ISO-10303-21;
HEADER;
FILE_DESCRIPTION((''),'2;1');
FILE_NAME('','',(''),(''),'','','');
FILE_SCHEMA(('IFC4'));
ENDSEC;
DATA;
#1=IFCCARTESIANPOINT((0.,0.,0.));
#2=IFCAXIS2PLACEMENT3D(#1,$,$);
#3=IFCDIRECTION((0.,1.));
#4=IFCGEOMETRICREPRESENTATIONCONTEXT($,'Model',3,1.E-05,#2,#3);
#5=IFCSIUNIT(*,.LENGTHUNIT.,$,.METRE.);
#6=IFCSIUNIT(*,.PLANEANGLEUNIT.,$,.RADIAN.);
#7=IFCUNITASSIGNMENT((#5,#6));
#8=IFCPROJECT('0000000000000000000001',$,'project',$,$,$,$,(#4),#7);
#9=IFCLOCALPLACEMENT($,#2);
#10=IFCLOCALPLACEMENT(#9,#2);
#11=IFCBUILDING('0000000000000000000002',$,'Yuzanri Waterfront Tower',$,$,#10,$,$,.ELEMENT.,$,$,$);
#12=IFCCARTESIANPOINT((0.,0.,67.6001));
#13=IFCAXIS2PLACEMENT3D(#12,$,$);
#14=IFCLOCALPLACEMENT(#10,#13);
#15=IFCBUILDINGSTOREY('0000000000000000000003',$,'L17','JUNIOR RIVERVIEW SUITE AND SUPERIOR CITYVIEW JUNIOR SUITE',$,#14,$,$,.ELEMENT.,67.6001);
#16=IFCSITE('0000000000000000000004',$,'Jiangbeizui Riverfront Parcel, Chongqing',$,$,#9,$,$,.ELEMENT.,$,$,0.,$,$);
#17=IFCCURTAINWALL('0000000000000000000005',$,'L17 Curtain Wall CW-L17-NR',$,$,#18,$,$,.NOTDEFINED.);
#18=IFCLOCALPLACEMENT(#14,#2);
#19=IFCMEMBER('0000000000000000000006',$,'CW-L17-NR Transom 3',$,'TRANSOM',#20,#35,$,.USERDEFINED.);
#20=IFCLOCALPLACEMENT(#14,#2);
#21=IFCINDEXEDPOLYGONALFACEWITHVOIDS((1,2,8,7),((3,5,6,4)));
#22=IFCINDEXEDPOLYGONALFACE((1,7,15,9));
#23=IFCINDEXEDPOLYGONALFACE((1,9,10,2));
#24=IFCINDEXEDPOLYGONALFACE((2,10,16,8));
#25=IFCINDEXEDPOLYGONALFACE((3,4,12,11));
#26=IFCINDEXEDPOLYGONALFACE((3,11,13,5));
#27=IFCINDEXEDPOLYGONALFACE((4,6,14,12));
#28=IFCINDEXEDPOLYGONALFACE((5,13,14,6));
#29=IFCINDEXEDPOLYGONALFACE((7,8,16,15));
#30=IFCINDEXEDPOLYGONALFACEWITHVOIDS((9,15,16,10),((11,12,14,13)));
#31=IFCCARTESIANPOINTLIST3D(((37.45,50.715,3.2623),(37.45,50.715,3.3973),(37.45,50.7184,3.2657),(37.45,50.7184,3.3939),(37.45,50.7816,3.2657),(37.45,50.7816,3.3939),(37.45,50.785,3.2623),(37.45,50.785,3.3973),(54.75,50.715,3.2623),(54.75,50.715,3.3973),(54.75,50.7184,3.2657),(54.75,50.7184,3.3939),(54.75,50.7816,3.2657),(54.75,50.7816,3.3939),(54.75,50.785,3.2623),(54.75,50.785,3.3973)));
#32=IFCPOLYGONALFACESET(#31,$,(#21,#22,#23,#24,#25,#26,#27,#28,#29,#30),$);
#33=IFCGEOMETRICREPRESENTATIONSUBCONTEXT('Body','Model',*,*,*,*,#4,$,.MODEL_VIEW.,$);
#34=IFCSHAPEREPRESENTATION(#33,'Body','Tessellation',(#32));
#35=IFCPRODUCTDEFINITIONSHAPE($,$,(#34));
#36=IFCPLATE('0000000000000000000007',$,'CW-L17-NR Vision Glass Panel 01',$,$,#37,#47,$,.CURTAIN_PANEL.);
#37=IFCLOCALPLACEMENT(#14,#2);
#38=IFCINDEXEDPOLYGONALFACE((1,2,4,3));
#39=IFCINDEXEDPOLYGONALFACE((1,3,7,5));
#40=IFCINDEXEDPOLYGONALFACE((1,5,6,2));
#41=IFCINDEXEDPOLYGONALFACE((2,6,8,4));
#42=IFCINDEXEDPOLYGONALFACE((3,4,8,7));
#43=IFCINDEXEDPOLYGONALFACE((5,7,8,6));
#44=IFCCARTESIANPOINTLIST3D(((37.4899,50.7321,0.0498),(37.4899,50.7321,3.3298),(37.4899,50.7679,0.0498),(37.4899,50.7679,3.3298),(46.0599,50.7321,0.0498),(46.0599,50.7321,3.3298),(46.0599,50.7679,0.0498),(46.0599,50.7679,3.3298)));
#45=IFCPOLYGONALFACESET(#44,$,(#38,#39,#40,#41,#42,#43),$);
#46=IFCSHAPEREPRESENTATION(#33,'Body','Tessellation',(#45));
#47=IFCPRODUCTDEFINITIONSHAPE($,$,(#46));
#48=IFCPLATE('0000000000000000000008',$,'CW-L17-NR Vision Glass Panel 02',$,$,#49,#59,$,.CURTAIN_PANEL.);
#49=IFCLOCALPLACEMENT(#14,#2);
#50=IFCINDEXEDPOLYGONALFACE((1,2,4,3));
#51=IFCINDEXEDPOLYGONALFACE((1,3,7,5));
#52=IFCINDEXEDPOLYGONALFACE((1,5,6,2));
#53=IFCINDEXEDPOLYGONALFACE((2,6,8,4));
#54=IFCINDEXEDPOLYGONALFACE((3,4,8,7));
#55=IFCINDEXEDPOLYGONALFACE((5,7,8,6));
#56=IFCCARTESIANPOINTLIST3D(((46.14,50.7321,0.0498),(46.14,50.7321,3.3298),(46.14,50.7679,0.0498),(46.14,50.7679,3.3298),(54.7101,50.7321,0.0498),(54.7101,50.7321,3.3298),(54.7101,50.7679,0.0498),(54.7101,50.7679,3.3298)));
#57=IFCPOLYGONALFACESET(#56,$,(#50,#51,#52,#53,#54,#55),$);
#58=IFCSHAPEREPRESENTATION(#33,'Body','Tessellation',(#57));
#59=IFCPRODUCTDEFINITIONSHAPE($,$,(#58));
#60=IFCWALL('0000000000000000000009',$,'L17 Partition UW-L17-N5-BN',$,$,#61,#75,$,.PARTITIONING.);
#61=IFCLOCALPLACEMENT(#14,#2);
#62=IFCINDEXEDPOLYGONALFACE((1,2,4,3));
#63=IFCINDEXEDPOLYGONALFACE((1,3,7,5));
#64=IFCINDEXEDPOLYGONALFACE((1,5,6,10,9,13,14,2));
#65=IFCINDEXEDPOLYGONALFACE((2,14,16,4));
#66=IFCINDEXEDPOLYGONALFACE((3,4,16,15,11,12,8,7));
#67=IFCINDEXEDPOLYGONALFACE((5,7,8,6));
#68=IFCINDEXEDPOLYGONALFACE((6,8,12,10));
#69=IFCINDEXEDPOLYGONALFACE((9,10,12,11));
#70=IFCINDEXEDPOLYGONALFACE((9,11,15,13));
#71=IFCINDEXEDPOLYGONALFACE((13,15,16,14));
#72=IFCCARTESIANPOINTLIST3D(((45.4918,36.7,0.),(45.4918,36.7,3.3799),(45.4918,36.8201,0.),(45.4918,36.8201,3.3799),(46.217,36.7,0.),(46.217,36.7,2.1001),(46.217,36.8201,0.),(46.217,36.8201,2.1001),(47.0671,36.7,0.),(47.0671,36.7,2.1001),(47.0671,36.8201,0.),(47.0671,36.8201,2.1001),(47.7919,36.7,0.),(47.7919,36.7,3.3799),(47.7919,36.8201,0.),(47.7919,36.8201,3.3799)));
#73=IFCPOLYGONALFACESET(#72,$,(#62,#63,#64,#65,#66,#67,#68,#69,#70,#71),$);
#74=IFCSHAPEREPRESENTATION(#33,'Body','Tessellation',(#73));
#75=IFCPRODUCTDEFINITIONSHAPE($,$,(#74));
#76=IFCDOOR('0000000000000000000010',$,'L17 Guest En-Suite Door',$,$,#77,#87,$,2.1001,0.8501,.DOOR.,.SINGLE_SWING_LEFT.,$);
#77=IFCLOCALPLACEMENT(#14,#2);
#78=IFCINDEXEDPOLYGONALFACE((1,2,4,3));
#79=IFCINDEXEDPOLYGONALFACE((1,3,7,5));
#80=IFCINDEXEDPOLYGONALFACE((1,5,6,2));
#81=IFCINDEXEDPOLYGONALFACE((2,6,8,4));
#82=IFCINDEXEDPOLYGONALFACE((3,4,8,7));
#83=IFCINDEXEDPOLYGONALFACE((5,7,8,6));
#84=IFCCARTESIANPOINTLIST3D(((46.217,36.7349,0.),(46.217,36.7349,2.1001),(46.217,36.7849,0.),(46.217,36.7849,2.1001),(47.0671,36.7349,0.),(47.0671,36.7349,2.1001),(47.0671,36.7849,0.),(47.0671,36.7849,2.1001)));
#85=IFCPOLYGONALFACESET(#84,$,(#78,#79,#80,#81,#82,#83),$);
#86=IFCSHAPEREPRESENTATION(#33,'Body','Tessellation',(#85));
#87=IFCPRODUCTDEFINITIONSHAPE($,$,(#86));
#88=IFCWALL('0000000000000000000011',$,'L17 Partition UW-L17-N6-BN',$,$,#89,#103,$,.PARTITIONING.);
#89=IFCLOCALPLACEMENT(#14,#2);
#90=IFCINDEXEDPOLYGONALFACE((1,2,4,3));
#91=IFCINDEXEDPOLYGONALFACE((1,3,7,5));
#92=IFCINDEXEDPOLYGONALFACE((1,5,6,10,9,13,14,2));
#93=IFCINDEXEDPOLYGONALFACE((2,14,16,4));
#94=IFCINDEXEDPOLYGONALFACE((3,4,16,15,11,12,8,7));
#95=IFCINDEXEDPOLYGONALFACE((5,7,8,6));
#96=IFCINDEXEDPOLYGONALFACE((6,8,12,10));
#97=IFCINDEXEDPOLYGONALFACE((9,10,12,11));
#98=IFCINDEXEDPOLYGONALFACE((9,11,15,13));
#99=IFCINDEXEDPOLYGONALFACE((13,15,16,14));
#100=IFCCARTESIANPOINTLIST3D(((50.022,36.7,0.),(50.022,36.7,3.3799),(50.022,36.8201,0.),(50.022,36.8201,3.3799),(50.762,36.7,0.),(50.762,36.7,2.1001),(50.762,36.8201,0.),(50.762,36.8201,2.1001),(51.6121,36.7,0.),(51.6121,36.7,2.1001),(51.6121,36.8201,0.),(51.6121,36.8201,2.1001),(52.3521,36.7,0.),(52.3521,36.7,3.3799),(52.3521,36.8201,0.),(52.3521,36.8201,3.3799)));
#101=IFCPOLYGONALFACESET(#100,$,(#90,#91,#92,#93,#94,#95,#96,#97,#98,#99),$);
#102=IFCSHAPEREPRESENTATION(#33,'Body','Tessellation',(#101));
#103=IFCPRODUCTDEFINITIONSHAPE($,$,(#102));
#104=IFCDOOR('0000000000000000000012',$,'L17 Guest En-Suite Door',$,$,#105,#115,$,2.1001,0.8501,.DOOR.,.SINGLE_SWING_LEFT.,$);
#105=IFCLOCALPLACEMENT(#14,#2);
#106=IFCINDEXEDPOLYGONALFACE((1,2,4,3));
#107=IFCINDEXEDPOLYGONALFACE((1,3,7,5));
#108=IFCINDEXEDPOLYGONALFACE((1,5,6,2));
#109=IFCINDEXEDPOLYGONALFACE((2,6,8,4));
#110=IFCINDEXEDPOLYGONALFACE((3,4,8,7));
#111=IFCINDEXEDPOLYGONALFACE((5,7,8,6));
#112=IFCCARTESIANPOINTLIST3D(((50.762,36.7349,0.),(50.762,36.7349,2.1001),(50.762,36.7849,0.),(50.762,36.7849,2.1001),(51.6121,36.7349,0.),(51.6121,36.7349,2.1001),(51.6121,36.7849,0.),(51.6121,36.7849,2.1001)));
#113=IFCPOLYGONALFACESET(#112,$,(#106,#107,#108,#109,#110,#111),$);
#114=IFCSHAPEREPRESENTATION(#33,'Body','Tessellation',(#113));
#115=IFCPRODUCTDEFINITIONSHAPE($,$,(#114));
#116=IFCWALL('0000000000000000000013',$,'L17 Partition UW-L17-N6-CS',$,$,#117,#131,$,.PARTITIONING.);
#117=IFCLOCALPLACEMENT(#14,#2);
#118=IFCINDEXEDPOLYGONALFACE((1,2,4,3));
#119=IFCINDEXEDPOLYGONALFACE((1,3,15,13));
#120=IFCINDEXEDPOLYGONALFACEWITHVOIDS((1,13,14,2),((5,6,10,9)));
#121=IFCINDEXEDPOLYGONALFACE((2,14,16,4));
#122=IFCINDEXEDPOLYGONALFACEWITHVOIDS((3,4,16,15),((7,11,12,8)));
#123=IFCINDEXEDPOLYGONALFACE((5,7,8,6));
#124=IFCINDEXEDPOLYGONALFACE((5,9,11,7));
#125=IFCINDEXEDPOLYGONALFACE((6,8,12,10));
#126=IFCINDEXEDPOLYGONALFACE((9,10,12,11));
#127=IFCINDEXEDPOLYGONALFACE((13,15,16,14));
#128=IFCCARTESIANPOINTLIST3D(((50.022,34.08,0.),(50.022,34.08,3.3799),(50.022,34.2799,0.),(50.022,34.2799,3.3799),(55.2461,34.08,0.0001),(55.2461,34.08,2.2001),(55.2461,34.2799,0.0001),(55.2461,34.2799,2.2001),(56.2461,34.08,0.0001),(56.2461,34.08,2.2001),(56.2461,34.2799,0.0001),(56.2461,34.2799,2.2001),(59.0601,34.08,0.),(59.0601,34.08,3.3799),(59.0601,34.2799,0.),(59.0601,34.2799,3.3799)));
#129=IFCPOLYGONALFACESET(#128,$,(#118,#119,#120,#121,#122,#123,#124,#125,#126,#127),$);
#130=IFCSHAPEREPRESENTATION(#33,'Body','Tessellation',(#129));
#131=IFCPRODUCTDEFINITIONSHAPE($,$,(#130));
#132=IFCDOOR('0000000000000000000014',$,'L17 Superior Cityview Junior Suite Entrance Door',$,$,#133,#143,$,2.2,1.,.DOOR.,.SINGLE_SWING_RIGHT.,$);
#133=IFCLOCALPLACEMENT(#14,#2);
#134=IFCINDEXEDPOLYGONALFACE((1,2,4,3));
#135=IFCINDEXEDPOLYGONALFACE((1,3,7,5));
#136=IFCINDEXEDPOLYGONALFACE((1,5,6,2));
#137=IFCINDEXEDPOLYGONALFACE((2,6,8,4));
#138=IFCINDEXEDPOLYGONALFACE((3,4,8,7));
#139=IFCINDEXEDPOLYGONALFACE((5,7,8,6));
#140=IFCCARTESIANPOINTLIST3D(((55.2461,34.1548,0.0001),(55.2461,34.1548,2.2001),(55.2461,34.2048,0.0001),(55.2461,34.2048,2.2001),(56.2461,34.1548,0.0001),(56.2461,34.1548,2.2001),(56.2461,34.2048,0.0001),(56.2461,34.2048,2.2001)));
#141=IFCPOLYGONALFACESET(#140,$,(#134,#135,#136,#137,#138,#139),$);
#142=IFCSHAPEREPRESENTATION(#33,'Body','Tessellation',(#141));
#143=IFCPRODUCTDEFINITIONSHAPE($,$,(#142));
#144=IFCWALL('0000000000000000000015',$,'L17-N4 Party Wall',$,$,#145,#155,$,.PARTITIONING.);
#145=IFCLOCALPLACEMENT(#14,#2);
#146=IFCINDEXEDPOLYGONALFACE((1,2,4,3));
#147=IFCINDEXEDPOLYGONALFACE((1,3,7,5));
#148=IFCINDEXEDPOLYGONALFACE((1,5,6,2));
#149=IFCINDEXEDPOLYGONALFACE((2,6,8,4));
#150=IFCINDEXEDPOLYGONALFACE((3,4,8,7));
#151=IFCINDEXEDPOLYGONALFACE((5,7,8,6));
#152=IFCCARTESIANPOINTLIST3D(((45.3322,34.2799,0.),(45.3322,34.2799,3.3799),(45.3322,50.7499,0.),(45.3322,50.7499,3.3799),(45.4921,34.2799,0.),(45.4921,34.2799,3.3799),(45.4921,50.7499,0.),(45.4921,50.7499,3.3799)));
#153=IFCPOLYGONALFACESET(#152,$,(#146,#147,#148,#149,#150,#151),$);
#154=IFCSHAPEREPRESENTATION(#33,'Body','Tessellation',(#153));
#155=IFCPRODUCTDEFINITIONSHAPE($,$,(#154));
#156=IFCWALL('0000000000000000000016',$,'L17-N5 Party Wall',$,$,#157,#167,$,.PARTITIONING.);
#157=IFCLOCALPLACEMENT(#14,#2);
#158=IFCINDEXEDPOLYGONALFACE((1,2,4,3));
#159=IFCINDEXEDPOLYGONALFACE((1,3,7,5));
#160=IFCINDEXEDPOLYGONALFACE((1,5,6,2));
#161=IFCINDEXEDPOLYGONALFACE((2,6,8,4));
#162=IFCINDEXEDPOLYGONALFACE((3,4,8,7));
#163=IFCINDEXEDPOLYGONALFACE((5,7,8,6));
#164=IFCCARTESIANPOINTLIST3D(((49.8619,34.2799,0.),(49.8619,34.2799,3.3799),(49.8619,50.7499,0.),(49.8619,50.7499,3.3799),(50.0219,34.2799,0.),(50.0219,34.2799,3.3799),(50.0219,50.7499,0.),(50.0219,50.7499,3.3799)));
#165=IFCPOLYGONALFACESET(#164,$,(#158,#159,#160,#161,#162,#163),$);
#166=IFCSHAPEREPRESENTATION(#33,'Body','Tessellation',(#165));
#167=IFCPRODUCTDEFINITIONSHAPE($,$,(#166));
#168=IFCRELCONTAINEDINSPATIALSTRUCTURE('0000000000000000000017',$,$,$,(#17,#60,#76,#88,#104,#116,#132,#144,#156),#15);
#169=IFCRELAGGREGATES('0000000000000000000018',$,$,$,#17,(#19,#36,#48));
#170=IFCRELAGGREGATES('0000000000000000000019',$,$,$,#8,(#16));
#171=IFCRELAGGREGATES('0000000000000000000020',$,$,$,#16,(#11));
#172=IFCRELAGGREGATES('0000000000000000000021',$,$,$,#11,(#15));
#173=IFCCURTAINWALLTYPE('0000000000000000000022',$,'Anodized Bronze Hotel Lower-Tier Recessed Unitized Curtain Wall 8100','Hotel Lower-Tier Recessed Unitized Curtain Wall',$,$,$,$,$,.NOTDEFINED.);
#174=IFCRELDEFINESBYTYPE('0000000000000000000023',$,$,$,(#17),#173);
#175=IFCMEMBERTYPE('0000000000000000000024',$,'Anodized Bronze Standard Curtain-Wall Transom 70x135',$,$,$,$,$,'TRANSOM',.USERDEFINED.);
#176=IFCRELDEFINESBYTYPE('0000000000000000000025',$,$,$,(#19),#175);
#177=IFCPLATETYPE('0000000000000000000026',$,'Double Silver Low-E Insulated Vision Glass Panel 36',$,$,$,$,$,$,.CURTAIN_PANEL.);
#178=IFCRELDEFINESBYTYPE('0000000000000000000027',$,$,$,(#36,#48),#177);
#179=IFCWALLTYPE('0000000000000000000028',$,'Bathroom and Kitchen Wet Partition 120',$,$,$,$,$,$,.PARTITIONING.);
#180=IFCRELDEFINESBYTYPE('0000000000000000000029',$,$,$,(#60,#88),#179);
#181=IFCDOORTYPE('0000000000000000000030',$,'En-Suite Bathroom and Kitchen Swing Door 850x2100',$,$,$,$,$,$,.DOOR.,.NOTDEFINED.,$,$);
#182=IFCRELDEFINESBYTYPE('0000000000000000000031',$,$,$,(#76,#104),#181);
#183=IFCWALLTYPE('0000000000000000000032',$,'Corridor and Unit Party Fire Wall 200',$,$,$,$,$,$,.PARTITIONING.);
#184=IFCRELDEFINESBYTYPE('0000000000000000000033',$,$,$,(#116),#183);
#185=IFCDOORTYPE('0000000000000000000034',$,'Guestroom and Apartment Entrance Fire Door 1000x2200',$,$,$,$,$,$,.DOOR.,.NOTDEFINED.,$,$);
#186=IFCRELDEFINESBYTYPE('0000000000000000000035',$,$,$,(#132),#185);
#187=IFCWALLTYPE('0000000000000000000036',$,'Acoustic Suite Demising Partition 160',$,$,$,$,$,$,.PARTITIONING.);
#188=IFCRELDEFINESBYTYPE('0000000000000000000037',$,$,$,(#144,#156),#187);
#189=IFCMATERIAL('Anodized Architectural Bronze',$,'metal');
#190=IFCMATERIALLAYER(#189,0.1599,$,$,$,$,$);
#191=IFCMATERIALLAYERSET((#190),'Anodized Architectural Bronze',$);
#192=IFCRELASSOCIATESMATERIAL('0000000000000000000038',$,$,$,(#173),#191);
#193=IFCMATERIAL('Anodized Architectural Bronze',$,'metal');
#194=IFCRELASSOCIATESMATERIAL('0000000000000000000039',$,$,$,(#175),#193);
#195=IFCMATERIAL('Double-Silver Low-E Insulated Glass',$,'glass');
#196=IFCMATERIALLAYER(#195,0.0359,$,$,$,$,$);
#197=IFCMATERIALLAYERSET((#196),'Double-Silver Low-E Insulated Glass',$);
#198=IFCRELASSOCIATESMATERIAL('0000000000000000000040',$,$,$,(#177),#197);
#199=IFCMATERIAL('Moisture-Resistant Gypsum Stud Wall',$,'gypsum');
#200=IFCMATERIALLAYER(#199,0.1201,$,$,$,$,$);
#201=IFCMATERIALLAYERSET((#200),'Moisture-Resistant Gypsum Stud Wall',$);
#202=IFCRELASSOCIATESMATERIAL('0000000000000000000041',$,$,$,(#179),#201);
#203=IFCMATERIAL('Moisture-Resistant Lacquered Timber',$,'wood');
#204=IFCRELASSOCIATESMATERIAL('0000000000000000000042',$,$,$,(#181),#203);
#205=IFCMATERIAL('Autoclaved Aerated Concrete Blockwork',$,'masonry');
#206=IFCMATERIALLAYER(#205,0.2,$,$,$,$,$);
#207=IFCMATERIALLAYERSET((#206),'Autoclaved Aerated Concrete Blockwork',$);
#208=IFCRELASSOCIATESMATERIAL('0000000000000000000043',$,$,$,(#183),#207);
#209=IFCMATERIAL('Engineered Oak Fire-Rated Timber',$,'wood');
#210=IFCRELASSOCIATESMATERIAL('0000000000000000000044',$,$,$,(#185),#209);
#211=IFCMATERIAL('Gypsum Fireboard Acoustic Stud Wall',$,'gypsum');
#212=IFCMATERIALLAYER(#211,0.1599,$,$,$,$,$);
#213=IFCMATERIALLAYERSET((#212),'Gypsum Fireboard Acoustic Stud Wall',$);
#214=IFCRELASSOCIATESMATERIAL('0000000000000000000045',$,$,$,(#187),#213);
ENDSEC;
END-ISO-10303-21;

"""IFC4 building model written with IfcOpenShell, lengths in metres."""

from ifc_helpers import new_model, si_unit, direction, frame, frame_2d, origin, origin_2d, place, context, subcontext, project, spatial, rectangle, hollow_rectangle, extrude, source, transform, mapped, material, layer, layer_set, material_profile, profile_set, type_object, element, fill, aggregate, save


model = new_model("IFC4")

# Units and contexts
model_context = context("Model", 3, precision=1e-05, world=origin(), true_north=direction((0.0, 1.0)))
body_context = subcontext(model_context, "Body", "Model", "MODEL_VIEW")
ifc_project = project(units=[si_unit("LENGTHUNIT", "METRE"), si_unit("PLANEANGLEUNIT", "RADIAN")], contexts=[model_context])

# Site, building, storey
site_placement = place(None, origin())
site = spatial("IfcSite", under=ifc_project, at=site_placement, Name="Jiangbeizui Riverfront Parcel, Chongqing", CompositionType="ELEMENT", RefElevation=0.0)
building_placement = place(site_placement, origin())
building = spatial("IfcBuilding", under=site, at=building_placement, Name="Yuzanri Waterfront Tower", CompositionType="ELEMENT")
storey_placement = place(building_placement, frame((0.0, 0.0, 67.6001)))
storey = spatial("IfcBuildingStorey", under=building, at=storey_placement, Name="L17", Description="JUNIOR RIVERVIEW SUITE AND SUPERIOR CITYVIEW JUNIOR SUITE", CompositionType="ELEMENT", Elevation=67.6001)

# Curtain wall, member, plates
ifc_material_1 = material(Name="Anodized Architectural Bronze", Category="metal")
ifc_layer_1 = layer(ifc_material_1, 0.1599)
ifc_layer_set_1 = layer_set([ifc_layer_1], Name="Anodized Architectural Bronze")
curtain_wall_type = type_object("IfcCurtainWallType", Name="Anodized Bronze Hotel Lower-Tier Recessed Unitized Curtain Wall 8100", Description="Hotel Lower-Tier Recessed Unitized Curtain Wall", PredefinedType="NOTDEFINED", material=ifc_layer_set_1)
curtain_wall_placement = place(storey_placement, origin())
curtain_wall = element("IfcCurtainWall", 1, at=curtain_wall_placement, inside=storey, type_object=curtain_wall_type, Name="L17 Curtain Wall CW-L17-NR", PredefinedType="NOTDEFINED")
ifc_material_2 = material(Name="Anodized Architectural Bronze", Category="metal")
ifc_material_profile_1 = material_profile(ifc_material_2, hollow_rectangle(XDim=0.0701, YDim=0.135, WallThickness=0.0034, at=origin_2d()), Name="CWT 70x135")
ifc_profile_set_1 = profile_set([ifc_material_profile_1], Name="Anodized Architectural Bronze")
member_type_1 = type_object("IfcMemberType", Name="Anodized Bronze Standard Curtain-Wall Transom 70x135", ElementType="TRANSOM", PredefinedType="USERDEFINED", material=ifc_profile_set_1)
shared_shape_1 = source(origin(), body_context, "Body", "SweptSolid", [
    extrude(hollow_rectangle(XDim=0.0701, YDim=0.135, WallThickness=0.0034, at=origin_2d()), origin(), (0.0, 0.0, 1.0), 17.3),
])
member_1_placement = place(storey_placement, frame((37.45, 50.75, 3.3298), z_axis=(1.0, 0.0, 0.0), x_axis=(0.0, 1.0, 0.0)))
member_1 = element("IfcMember", 2, at=member_1_placement, type_object=member_type_1, Name="CW-L17-NR Transom 3", ObjectType="TRANSOM", PredefinedType="USERDEFINED", context=body_context, shape_type="MappedRepresentation", body=[
    mapped(shared_shape_1, transform((0.0, 0.0, 0.0), scale=1.0)),
])
ifc_material_3 = material(Name="Double-Silver Low-E Insulated Glass", Category="glass")
ifc_layer_2 = layer(ifc_material_3, 0.0359)
ifc_layer_set_2 = layer_set([ifc_layer_2], Name="Double-Silver Low-E Insulated Glass")
plate_type = type_object("IfcPlateType", Name="Double Silver Low-E Insulated Vision Glass Panel 36", PredefinedType="CURTAIN_PANEL", material=ifc_layer_set_2)
shared_shape_2 = source(origin(), body_context, "Body", "SweptSolid", [
    extrude(rectangle(XDim=8.5701, YDim=0.0359, at=origin_2d()), origin(), (0.0, 0.0, 1.0), 3.28),
])
plate_1_placement = place(storey_placement, frame((41.7749, 50.75, 0.0498), z_axis=(0.0, 0.0, 1.0), x_axis=(1.0, 0.0, 0.0)))
plate_1 = element("IfcPlate", 3, at=plate_1_placement, type_object=plate_type, Name="CW-L17-NR Vision Glass Panel 01", PredefinedType="CURTAIN_PANEL", context=body_context, shape_type="MappedRepresentation", body=[
    mapped(shared_shape_2, transform((0.0, 0.0, 0.0), scale=1.0)),
])
plate_2_placement = place(storey_placement, frame((50.425, 50.75, 0.0498), z_axis=(0.0, 0.0, 1.0), x_axis=(1.0, 0.0, 0.0)))
plate_2 = element("IfcPlate", 4, at=plate_2_placement, type_object=plate_type, Name="CW-L17-NR Vision Glass Panel 02", PredefinedType="CURTAIN_PANEL", context=body_context, shape_type="MappedRepresentation", body=[
    mapped(shared_shape_2, transform((0.0, 0.0, 0.0), scale=1.0)),
])
aggregate(curtain_wall, [member_1, plate_1, plate_2])

# Walls, openings, doors
ifc_material_4 = material(Name="Moisture-Resistant Gypsum Stud Wall", Category="gypsum")
ifc_layer_3 = layer(ifc_material_4, 0.1201)
ifc_layer_set_3 = layer_set([ifc_layer_3], Name="Moisture-Resistant Gypsum Stud Wall")
wall_type_1 = type_object("IfcWallType", Name="Bathroom and Kitchen Wet Partition 120", PredefinedType="PARTITIONING", material=ifc_layer_set_3)
wall_1_placement = place(storey_placement, frame((45.4919, 36.76, 0.0), z_axis=(0.0, 0.0, 1.0), x_axis=(1.0, 0.0, 0.0)))
wall_1 = element("IfcWall", 5, at=wall_1_placement, inside=storey, type_object=wall_type_1, Name="L17 Partition UW-L17-N5-BN", PredefinedType="PARTITIONING", context=body_context, shape_type="SweptSolid", body=[
    extrude(rectangle(XDim=2.3, YDim=0.1201, at=frame_2d((1.1499, 0.0))), origin(), (0.0, 0.0, 1.0), 3.3799),
])
opening_1_placement = place(wall_1_placement, frame((0.7251, 0.0, 0.0)))
opening_1 = element("IfcOpeningElement", 6, at=opening_1_placement, cuts=wall_1, PredefinedType="OPENING", context=body_context, shape_type="SweptSolid", body=[
    extrude(rectangle(XDim=0.8501, YDim=2.1001, at=frame_2d((0.425, 1.05))), frame((0.0, 0.075, 0.0), z_axis=(0.0, -1.0, 0.0), x_axis=(1.0, 0.0, 0.0)), (0.0, 0.0, 1.0), 0.1499),
])
ifc_material_5 = material(Name="Moisture-Resistant Lacquered Timber", Category="wood")
door_type_1 = type_object("IfcDoorType", Name="En-Suite Bathroom and Kitchen Swing Door 850x2100", OperationType="NOTDEFINED", PredefinedType="DOOR", material=ifc_material_5)
shared_shape_3 = source(origin(), body_context, "Body", "SweptSolid", [
    extrude(rectangle(XDim=0.8501, YDim=2.1001, at=frame_2d((0.425, 1.05))), frame((0.0, 0.0249, 0.0), z_axis=(0.0, -1.0, 0.0), x_axis=(1.0, 0.0, 0.0)), (0.0, 0.0, 1.0), 0.05),
])
door_1_placement = place(opening_1_placement, origin())
door_1 = element("IfcDoor", 7, at=door_1_placement, inside=storey, type_object=door_type_1, Name="L17 Guest En-Suite Door", OperationType="SINGLE_SWING_LEFT", OverallHeight=2.1001, OverallWidth=0.8501, PredefinedType="DOOR", context=body_context, shape_type="MappedRepresentation", body=[
    mapped(shared_shape_3, transform((0.0, 0.0, 0.0), scale=1.0)),
])
fill(opening_1, door_1)
wall_2_placement = place(storey_placement, frame((50.022, 36.76, 0.0), z_axis=(0.0, 0.0, 1.0), x_axis=(1.0, 0.0, 0.0)))
wall_2 = element("IfcWall", 8, at=wall_2_placement, inside=storey, type_object=wall_type_1, Name="L17 Partition UW-L17-N6-BN", PredefinedType="PARTITIONING", context=body_context, shape_type="SweptSolid", body=[
    extrude(rectangle(XDim=2.3301, YDim=0.1201, at=frame_2d((1.165, 0.0))), origin(), (0.0, 0.0, 1.0), 3.3799),
])
opening_2_placement = place(wall_2_placement, frame((0.74, 0.0, 0.0)))
opening_2 = element("IfcOpeningElement", 9, at=opening_2_placement, cuts=wall_2, PredefinedType="OPENING", context=body_context, shape_type="SweptSolid", body=[
    extrude(rectangle(XDim=0.8501, YDim=2.1001, at=frame_2d((0.425, 1.05))), frame((0.0, 0.075, 0.0), z_axis=(0.0, -1.0, 0.0), x_axis=(1.0, 0.0, 0.0)), (0.0, 0.0, 1.0), 0.1499),
])
door_2_placement = place(opening_2_placement, origin())
door_2 = element("IfcDoor", 10, at=door_2_placement, inside=storey, type_object=door_type_1, Name="L17 Guest En-Suite Door", OperationType="SINGLE_SWING_LEFT", OverallHeight=2.1001, OverallWidth=0.8501, PredefinedType="DOOR", context=body_context, shape_type="MappedRepresentation", body=[
    mapped(shared_shape_3, transform((0.0, 0.0, 0.0), scale=1.0)),
])
fill(opening_2, door_2)
ifc_material_6 = material(Name="Autoclaved Aerated Concrete Blockwork", Category="masonry")
ifc_layer_4 = layer(ifc_material_6, 0.2)
ifc_layer_set_4 = layer_set([ifc_layer_4], Name="Autoclaved Aerated Concrete Blockwork")
wall_type_2 = type_object("IfcWallType", Name="Corridor and Unit Party Fire Wall 200", PredefinedType="PARTITIONING", material=ifc_layer_set_4)
wall_3_placement = place(storey_placement, frame((50.022, 34.1799, 0.0), z_axis=(0.0, 0.0, 1.0), x_axis=(1.0, 0.0, 0.0)))
wall_3 = element("IfcWall", 11, at=wall_3_placement, inside=storey, type_object=wall_type_2, Name="L17 Partition UW-L17-N6-CS", PredefinedType="PARTITIONING", context=body_context, shape_type="SweptSolid", body=[
    extrude(rectangle(XDim=9.0381, YDim=0.2, at=frame_2d((4.519, 0.0))), origin(), (0.0, 0.0, 1.0), 3.3799),
])
opening_3_placement = place(wall_3_placement, frame((5.2241, 0.0, 0.0)))
opening_3 = element("IfcOpeningElement", 12, at=opening_3_placement, cuts=wall_3, PredefinedType="OPENING", context=body_context, shape_type="SweptSolid", body=[
    extrude(rectangle(XDim=1.0, YDim=2.2, at=frame_2d((0.5, 1.1001))), frame((0.0, 0.1147, 0.0), z_axis=(0.0, -1.0, 0.0), x_axis=(1.0, 0.0, 0.0)), (0.0, 0.0, 1.0), 0.2297),
])
ifc_material_7 = material(Name="Engineered Oak Fire-Rated Timber", Category="wood")
door_type_2 = type_object("IfcDoorType", Name="Guestroom and Apartment Entrance Fire Door 1000x2200", OperationType="NOTDEFINED", PredefinedType="DOOR", material=ifc_material_7)
shared_shape_4 = source(origin(), body_context, "Body", "SweptSolid", [
    extrude(rectangle(XDim=1.0, YDim=2.2, at=frame_2d((0.5, 1.1001))), frame((0.0, 0.0249, 0.0), z_axis=(0.0, -1.0, 0.0), x_axis=(1.0, 0.0, 0.0)), (0.0, 0.0, 1.0), 0.05),
])
door_3_placement = place(opening_3_placement, origin())
door_3 = element("IfcDoor", 13, at=door_3_placement, inside=storey, type_object=door_type_2, Name="L17 Superior Cityview Junior Suite Entrance Door", OperationType="SINGLE_SWING_RIGHT", OverallHeight=2.2, OverallWidth=1.0, PredefinedType="DOOR", context=body_context, shape_type="MappedRepresentation", body=[
    mapped(shared_shape_4, transform((0.0, 0.0, 0.0), scale=1.0)),
])
fill(opening_3, door_3)

# Walls
ifc_material_8 = material(Name="Gypsum Fireboard Acoustic Stud Wall", Category="gypsum")
ifc_layer_5 = layer(ifc_material_8, 0.1599)
ifc_layer_set_5 = layer_set([ifc_layer_5], Name="Gypsum Fireboard Acoustic Stud Wall")
wall_type_3 = type_object("IfcWallType", Name="Acoustic Suite Demising Partition 160", PredefinedType="PARTITIONING", material=ifc_layer_set_5)
shared_shape_5 = source(origin(), body_context, "Body", "SweptSolid", [
    extrude(rectangle(XDim=16.47, YDim=0.1599, at=frame_2d((8.2349, 0.0))), origin(), (0.0, 0.0, 1.0), 3.3799),
])
for number, where, z_axis, x_axis, name in (
    (14, (45.4121, 34.28, 0.0), (0.0, 0.0, 1.0), (0.0, 1.0, 0.0), "L17-N4 Party Wall"),
    (15, (49.9419, 34.28, 0.0), (0.0, 0.0, 1.0), (0.0, 1.0, 0.0), "L17-N5 Party Wall"),
):
    element("IfcWall", number, at=place(storey_placement, frame(where, z_axis=z_axis, x_axis=x_axis)), inside=storey, type_object=wall_type_3, Name=name, PredefinedType="PARTITIONING", context=body_context, shape_type="MappedRepresentation", body=[
        mapped(shared_shape_5, transform((0.0, 0.0, 0.0), scale=1.0)),
    ])

save(model, "model.ifc")
